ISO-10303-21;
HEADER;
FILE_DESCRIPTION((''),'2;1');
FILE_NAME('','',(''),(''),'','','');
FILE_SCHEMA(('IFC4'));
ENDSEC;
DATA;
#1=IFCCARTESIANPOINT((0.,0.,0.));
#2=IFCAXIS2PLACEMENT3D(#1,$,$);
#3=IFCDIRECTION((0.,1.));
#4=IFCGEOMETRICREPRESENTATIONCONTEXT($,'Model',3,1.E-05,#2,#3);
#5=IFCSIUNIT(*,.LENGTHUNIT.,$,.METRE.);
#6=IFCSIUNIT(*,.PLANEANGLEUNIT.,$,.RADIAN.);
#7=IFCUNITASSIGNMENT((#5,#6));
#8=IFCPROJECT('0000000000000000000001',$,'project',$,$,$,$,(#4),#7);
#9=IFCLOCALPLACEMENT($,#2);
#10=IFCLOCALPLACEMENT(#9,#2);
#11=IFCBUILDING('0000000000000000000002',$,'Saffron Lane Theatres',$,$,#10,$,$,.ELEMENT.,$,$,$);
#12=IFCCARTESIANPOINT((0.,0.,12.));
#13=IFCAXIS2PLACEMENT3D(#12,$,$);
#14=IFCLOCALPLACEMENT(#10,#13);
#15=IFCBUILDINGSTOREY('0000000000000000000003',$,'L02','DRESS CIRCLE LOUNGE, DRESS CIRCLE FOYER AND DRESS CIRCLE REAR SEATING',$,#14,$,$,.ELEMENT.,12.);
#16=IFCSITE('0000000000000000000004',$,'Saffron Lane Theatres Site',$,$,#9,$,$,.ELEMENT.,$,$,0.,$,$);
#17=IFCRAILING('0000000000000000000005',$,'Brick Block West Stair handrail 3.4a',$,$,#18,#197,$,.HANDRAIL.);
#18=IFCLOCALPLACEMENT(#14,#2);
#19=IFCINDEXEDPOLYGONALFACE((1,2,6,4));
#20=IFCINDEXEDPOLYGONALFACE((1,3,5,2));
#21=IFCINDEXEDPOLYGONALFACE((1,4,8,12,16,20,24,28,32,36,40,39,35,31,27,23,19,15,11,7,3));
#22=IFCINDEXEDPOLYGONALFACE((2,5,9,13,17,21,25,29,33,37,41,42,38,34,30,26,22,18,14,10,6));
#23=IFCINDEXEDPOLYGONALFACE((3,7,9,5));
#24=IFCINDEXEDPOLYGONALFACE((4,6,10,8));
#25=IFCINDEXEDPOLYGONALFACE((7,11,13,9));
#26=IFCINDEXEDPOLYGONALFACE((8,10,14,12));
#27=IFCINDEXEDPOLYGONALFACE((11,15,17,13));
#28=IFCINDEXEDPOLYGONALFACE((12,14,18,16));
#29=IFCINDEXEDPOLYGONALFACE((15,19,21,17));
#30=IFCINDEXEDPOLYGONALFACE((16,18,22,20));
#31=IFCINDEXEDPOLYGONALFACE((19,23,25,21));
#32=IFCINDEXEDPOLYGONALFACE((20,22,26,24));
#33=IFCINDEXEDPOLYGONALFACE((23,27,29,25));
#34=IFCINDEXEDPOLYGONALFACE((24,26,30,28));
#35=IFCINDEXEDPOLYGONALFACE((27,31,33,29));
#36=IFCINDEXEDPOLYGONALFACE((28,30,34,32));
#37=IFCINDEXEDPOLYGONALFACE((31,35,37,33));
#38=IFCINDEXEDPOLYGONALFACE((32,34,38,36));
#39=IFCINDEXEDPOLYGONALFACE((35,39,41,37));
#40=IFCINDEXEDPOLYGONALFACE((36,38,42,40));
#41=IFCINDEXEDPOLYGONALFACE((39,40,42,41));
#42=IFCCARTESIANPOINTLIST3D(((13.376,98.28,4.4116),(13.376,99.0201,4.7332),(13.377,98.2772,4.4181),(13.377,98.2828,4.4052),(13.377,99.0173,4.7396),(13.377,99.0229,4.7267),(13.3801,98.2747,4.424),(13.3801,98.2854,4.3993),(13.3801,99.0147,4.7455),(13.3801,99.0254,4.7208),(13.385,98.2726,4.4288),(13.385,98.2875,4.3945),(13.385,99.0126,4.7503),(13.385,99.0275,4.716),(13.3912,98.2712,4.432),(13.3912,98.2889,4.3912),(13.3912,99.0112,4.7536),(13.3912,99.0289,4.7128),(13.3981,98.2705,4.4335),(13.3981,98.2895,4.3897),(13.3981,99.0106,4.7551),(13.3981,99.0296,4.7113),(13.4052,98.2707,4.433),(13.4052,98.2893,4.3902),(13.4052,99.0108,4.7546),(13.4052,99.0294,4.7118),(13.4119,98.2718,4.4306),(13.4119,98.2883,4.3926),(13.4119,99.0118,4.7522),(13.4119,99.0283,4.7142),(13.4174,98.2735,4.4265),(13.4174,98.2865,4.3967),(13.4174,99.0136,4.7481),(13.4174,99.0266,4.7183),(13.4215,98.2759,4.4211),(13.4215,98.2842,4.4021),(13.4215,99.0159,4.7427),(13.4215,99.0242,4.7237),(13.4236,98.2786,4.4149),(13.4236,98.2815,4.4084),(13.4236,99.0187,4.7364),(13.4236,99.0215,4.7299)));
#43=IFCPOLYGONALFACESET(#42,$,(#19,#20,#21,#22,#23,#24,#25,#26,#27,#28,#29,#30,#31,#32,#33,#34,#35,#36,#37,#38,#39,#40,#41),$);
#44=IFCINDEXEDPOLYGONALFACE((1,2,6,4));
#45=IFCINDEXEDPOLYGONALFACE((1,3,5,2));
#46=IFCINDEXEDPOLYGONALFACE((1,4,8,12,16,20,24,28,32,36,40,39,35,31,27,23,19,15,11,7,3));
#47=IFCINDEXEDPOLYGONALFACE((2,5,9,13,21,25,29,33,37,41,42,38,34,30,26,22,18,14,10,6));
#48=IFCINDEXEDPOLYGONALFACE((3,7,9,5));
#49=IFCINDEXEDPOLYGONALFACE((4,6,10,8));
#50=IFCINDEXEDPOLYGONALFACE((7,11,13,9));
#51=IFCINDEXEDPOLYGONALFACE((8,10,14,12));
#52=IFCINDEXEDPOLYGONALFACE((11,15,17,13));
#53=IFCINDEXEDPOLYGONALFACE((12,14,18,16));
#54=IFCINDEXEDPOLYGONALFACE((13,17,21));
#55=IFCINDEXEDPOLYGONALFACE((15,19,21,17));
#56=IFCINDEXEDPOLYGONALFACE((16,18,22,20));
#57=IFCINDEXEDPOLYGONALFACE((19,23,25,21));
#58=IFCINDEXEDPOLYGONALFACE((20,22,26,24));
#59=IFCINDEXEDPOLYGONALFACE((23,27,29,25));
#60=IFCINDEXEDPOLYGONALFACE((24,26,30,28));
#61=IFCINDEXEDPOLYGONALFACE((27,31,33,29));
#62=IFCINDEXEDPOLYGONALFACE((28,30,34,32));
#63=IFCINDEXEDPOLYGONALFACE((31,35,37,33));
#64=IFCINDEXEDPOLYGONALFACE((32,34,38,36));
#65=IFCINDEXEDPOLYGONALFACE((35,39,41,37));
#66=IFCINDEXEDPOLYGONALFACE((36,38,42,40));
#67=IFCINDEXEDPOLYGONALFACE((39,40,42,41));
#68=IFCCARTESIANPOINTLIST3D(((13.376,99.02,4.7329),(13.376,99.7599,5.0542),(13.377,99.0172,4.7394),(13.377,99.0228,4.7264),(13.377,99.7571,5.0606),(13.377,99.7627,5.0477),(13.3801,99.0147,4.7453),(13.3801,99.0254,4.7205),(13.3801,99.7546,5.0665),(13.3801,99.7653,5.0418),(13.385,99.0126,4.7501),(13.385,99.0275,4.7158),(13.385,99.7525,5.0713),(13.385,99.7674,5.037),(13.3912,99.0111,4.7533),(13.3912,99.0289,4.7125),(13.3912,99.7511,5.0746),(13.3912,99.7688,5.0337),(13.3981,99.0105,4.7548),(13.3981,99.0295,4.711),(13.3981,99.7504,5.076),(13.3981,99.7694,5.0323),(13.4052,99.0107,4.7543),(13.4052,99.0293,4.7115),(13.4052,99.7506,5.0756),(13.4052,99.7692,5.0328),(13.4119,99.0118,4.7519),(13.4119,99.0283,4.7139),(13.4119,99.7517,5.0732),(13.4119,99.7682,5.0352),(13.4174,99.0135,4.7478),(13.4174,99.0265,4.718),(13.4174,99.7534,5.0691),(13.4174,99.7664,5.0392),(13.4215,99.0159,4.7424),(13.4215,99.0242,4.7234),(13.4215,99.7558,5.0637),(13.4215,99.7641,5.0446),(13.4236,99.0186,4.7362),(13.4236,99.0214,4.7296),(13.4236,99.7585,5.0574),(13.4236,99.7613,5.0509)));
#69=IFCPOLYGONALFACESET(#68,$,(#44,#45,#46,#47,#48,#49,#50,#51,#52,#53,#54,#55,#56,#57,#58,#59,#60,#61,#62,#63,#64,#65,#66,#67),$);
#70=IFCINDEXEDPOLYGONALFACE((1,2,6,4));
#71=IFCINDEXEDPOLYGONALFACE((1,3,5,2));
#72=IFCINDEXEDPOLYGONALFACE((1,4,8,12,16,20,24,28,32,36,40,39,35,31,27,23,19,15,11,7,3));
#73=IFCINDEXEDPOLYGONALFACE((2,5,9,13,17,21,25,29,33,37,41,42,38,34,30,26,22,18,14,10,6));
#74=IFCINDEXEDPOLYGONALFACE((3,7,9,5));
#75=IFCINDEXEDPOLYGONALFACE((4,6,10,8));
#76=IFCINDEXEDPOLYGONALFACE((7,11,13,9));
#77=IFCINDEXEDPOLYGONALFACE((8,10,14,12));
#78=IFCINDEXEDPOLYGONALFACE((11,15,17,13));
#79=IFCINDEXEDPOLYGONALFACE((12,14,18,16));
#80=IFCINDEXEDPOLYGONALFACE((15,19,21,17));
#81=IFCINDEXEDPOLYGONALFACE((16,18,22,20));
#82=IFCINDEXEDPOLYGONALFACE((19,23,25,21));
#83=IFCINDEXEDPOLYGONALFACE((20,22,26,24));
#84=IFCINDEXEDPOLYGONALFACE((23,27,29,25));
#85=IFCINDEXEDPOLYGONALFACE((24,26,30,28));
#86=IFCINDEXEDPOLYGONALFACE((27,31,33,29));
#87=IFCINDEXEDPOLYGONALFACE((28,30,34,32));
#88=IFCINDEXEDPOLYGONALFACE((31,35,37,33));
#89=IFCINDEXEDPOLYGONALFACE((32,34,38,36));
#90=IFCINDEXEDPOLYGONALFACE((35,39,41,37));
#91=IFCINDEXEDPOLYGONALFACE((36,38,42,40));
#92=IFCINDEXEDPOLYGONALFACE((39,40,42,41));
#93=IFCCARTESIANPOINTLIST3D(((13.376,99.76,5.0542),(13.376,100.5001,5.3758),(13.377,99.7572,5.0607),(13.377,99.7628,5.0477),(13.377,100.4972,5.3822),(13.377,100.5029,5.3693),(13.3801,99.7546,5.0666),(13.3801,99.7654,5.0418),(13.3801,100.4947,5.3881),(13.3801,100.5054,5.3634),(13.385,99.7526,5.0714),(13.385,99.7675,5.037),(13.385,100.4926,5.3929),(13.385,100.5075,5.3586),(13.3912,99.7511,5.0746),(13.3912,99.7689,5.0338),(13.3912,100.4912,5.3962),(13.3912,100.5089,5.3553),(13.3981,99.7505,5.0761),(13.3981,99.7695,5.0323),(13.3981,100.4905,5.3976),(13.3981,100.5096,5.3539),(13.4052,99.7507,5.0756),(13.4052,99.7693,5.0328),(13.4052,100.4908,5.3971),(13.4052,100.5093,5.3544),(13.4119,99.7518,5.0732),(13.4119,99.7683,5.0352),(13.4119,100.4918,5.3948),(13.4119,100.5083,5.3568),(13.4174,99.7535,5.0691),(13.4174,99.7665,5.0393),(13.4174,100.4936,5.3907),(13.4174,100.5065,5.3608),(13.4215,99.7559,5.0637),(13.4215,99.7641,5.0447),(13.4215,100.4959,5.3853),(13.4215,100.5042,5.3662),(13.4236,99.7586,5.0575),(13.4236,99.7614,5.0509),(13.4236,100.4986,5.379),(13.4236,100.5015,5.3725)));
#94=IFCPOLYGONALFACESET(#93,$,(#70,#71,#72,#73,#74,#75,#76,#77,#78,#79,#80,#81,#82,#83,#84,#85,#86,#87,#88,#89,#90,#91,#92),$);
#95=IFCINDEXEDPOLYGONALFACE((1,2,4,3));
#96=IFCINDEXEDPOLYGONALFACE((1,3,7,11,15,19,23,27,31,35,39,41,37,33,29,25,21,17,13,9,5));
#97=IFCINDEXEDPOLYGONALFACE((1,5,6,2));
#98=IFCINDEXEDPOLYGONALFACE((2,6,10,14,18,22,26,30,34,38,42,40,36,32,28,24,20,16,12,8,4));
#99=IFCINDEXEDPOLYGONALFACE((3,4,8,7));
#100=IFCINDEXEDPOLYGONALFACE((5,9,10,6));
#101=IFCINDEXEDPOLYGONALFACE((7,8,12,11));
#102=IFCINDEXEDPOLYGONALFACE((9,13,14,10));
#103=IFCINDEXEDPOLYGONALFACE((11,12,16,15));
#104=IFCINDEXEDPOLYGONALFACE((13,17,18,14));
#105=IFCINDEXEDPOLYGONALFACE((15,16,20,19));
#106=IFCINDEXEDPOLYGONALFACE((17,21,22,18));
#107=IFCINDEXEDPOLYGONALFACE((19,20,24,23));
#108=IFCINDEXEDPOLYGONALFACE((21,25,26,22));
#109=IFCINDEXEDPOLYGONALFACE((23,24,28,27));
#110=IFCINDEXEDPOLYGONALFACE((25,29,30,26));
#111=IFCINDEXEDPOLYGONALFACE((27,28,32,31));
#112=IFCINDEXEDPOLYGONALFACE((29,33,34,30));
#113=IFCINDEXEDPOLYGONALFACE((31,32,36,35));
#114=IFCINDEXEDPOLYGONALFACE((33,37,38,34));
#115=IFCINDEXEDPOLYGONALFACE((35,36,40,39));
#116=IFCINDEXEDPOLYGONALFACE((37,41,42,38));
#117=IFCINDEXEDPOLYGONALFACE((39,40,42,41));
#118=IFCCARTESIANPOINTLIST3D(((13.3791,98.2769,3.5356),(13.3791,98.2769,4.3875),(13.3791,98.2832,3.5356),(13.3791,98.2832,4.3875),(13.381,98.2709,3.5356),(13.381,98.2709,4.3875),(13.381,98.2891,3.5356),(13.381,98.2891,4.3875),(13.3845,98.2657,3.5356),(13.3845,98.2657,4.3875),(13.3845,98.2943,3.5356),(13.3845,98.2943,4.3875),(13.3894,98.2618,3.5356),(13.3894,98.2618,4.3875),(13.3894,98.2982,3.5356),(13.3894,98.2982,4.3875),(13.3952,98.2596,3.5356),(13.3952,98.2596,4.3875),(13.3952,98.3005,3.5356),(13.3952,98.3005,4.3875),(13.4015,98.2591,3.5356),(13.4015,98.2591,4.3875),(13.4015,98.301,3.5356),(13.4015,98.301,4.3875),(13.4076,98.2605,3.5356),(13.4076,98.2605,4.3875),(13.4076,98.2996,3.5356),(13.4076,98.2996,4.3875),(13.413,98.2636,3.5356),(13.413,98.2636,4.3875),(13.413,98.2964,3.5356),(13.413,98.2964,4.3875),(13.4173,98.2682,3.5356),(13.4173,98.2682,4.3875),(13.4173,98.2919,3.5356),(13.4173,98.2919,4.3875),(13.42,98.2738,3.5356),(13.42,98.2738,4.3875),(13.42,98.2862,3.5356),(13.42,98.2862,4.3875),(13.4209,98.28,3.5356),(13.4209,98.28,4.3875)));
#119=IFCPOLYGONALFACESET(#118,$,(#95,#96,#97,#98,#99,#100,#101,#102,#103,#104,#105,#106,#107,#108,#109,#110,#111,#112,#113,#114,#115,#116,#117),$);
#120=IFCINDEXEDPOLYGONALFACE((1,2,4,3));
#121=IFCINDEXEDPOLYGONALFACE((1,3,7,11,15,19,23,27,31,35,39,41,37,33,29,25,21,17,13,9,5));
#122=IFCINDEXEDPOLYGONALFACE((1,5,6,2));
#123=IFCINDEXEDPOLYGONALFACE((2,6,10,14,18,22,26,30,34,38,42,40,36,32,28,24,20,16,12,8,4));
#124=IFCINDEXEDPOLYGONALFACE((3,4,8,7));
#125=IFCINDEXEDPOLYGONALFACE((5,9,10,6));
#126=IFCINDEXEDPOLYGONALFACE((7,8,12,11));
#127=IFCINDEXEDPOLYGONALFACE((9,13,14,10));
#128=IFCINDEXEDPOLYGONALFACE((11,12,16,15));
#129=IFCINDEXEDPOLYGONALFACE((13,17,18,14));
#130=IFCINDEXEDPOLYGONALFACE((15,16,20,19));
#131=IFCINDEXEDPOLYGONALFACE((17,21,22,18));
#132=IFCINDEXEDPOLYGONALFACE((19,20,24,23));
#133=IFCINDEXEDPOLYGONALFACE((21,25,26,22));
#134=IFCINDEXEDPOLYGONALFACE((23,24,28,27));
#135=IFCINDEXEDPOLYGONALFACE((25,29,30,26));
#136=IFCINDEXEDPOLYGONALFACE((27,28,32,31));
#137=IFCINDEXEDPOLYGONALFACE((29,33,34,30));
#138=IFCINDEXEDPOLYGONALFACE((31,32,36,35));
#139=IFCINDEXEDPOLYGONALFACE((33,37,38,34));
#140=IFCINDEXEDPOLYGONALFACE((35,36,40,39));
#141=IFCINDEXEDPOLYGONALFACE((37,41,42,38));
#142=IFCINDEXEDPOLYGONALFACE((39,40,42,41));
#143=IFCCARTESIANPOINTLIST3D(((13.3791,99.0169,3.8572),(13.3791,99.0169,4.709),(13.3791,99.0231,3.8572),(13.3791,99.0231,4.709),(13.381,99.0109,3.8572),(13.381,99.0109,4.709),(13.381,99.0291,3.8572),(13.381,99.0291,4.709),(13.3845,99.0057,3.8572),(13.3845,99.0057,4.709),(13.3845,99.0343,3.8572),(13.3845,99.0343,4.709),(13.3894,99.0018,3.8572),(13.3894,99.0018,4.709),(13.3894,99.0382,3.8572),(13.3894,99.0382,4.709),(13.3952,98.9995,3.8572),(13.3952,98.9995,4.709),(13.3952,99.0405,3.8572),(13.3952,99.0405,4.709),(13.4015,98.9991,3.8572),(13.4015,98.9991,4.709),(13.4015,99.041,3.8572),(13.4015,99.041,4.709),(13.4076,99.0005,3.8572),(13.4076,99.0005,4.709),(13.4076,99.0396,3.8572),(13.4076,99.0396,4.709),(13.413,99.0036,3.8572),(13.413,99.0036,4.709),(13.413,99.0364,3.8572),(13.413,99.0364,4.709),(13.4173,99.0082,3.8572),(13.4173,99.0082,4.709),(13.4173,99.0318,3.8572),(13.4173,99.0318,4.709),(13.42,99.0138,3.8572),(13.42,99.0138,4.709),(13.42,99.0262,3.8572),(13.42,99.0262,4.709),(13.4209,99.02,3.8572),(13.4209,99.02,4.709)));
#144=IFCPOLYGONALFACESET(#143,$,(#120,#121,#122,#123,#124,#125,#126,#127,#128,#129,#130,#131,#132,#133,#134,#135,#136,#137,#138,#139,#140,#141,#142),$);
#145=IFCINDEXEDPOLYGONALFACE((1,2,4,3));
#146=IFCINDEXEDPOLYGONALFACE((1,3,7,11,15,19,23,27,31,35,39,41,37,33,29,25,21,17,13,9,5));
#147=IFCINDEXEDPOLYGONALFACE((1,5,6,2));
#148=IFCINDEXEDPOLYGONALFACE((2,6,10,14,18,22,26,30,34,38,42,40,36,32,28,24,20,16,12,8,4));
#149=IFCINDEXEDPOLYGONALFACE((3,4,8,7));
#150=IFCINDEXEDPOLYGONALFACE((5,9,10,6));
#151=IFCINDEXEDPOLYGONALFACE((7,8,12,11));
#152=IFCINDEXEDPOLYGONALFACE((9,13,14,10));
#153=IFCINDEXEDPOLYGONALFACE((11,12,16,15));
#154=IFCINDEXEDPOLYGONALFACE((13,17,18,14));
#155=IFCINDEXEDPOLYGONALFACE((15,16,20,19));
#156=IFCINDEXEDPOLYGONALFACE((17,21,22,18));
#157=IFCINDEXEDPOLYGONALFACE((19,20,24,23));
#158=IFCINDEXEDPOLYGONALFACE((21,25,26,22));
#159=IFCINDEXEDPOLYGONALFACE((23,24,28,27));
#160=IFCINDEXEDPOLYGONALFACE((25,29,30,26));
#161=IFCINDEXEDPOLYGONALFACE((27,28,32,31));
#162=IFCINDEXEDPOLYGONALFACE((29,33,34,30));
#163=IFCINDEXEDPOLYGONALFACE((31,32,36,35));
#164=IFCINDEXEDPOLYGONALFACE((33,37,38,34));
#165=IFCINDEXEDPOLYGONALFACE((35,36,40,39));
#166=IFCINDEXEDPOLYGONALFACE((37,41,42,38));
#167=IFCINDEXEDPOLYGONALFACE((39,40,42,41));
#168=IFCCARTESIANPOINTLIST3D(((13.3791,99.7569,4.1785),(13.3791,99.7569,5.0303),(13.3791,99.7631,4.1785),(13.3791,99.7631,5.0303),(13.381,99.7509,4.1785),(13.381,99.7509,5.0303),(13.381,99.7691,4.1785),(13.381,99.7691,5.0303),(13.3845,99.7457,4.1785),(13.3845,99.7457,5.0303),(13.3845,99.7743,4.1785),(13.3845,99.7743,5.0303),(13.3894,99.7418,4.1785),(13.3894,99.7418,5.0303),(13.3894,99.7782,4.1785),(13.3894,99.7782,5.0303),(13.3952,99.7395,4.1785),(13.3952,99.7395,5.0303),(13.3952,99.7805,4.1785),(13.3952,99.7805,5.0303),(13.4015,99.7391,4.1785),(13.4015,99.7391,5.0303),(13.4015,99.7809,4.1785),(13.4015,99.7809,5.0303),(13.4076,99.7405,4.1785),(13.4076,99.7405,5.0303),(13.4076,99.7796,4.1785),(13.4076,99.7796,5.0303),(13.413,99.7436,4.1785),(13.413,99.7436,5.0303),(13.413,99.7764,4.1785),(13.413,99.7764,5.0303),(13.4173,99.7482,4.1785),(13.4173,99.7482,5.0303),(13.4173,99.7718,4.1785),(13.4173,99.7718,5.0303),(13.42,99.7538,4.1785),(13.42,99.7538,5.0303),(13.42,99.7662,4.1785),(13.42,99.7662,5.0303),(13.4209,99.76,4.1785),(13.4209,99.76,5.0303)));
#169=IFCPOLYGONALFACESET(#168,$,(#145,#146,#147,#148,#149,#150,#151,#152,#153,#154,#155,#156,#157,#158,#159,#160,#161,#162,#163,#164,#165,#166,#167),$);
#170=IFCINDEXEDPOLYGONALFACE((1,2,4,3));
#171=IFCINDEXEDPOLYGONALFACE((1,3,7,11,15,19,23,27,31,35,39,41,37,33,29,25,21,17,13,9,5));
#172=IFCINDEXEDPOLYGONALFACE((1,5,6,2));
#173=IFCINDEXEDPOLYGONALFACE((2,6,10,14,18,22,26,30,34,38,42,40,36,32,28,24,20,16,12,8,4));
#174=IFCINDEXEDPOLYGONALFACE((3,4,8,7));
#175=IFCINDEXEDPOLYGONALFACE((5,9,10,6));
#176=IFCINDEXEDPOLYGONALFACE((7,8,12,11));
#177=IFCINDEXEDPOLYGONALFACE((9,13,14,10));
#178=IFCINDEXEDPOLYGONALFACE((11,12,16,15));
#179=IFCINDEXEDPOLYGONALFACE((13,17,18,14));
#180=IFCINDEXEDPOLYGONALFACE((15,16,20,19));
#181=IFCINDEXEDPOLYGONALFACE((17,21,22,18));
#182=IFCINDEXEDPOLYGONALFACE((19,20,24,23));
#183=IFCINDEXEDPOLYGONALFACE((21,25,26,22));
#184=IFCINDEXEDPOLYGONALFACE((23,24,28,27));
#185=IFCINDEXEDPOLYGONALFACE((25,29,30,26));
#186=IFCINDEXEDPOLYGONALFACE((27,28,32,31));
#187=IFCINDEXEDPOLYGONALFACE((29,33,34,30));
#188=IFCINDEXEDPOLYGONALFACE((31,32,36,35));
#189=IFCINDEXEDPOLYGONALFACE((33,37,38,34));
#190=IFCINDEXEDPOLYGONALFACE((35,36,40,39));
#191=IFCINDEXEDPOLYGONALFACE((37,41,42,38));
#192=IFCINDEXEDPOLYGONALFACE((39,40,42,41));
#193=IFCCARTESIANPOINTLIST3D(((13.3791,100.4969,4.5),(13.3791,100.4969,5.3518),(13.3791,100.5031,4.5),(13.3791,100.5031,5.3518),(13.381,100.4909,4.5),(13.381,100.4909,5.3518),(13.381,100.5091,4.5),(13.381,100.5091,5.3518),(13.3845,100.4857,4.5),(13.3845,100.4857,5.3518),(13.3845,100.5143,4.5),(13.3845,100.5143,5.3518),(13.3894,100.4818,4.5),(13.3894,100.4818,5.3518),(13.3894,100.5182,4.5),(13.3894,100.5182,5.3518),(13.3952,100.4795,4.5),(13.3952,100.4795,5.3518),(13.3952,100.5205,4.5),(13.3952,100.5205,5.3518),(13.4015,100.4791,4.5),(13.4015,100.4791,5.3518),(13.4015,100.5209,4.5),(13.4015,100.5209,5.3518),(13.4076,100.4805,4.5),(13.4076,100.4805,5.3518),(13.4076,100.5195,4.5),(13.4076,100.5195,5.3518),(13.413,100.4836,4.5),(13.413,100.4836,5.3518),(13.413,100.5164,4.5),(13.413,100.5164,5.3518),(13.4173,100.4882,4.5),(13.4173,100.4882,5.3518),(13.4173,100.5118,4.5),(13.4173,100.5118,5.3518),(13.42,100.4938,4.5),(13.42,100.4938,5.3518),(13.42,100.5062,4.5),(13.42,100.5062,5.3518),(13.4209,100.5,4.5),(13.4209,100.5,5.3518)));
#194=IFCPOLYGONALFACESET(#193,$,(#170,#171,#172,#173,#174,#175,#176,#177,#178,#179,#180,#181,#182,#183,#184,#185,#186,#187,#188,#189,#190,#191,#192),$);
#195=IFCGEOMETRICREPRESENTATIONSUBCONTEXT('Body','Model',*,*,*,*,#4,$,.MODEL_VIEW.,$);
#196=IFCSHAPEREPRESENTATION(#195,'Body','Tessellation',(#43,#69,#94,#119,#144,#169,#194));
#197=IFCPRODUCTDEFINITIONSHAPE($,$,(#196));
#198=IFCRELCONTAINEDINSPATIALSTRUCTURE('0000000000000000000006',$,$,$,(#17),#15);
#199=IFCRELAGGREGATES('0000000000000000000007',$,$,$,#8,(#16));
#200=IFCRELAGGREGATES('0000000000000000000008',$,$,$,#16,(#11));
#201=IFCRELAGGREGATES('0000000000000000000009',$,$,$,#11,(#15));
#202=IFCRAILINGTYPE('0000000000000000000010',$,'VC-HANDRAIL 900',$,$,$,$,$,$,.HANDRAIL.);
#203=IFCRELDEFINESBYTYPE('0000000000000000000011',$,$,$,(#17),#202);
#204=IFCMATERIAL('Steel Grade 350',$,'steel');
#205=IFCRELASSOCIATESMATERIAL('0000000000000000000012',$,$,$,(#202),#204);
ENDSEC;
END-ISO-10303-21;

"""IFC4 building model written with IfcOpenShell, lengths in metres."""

from ifc_helpers import new_model, si_unit, direction, frame, origin, origin_2d, place, context, subcontext, project, spatial, circle, extrude, material, type_object, element, save


model = new_model("IFC4")

# Units and contexts
model_context = context("Model", 3, precision=1e-05, world=origin(), true_north=direction((0.0, 1.0)))
body_context = subcontext(model_context, "Body", "Model", "MODEL_VIEW")
ifc_project = project(units=[si_unit("LENGTHUNIT", "METRE"), si_unit("PLANEANGLEUNIT", "RADIAN")], contexts=[model_context])

# Site, building, storey
site_placement = place(None, origin())
site = spatial("IfcSite", under=ifc_project, at=site_placement, Name="Saffron Lane Theatres Site", CompositionType="ELEMENT", RefElevation=0.0)
building_placement = place(site_placement, origin())
building = spatial("IfcBuilding", under=site, at=building_placement, Name="Saffron Lane Theatres", CompositionType="ELEMENT")
storey_placement = place(building_placement, frame((0.0, 0.0, 12.0)))
storey = spatial("IfcBuildingStorey", under=building, at=storey_placement, Name="L02", Description="DRESS CIRCLE LOUNGE, DRESS CIRCLE FOYER AND DRESS CIRCLE REAR SEATING", CompositionType="ELEMENT", Elevation=12.0)

# Railing
ifc_material_1 = material(Name="Steel Grade 350", Category="steel")
railing_type_1 = type_object("IfcRailingType", Name="VC-HANDRAIL 900", PredefinedType="HANDRAIL", material=ifc_material_1)
for number, where, name in (
    (1, (13.3999, 98.28, 3.5356), "Brick Block West Stair handrail 3.4a"),
):
    element("IfcRailing", number, at=place(storey_placement, frame(where)), inside=storey, type_object=railing_type_1, Name=name, PredefinedType="HANDRAIL", context=body_context, shape_type="SweptSolid", body=[
        extrude(circle(Radius=0.0239, at=origin_2d()), frame((0.0, 0.0, 0.876), z_axis=(0.0, 0.917161, 0.398516), x_axis=(-1.0, 0.0, 0.0)), (0.0, 0.0, 1.0), 0.8069),
        extrude(circle(Radius=0.0239, at=origin_2d()), frame((0.0, 0.74, 1.1973), z_axis=(0.0, 0.917272, 0.398261), x_axis=(-1.0, 0.0, 0.0)), (0.0, 0.0, 1.0), 0.8066),
        extrude(circle(Radius=0.0239, at=origin_2d()), frame((0.0, 1.48, 1.5186), z_axis=(0.0, 0.917161, 0.398516), x_axis=(-1.0, 0.0, 0.0)), (0.0, 0.0, 1.0), 0.8069),
        extrude(circle(Radius=0.021, at=origin_2d()), origin(), (0.0, 0.0, 1.0), 0.8518),
        extrude(circle(Radius=0.021, at=origin_2d()), frame((0.0, 0.74, 0.3215)), (0.0, 0.0, 1.0), 0.8518),
        extrude(circle(Radius=0.021, at=origin_2d()), frame((0.0, 1.48, 0.6428)), (0.0, 0.0, 1.0), 0.8518),
        extrude(circle(Radius=0.021, at=origin_2d()), frame((0.0, 2.22, 0.9644)), (0.0, 0.0, 1.0), 0.8518),
    ])

save(model, "model.ifc")
